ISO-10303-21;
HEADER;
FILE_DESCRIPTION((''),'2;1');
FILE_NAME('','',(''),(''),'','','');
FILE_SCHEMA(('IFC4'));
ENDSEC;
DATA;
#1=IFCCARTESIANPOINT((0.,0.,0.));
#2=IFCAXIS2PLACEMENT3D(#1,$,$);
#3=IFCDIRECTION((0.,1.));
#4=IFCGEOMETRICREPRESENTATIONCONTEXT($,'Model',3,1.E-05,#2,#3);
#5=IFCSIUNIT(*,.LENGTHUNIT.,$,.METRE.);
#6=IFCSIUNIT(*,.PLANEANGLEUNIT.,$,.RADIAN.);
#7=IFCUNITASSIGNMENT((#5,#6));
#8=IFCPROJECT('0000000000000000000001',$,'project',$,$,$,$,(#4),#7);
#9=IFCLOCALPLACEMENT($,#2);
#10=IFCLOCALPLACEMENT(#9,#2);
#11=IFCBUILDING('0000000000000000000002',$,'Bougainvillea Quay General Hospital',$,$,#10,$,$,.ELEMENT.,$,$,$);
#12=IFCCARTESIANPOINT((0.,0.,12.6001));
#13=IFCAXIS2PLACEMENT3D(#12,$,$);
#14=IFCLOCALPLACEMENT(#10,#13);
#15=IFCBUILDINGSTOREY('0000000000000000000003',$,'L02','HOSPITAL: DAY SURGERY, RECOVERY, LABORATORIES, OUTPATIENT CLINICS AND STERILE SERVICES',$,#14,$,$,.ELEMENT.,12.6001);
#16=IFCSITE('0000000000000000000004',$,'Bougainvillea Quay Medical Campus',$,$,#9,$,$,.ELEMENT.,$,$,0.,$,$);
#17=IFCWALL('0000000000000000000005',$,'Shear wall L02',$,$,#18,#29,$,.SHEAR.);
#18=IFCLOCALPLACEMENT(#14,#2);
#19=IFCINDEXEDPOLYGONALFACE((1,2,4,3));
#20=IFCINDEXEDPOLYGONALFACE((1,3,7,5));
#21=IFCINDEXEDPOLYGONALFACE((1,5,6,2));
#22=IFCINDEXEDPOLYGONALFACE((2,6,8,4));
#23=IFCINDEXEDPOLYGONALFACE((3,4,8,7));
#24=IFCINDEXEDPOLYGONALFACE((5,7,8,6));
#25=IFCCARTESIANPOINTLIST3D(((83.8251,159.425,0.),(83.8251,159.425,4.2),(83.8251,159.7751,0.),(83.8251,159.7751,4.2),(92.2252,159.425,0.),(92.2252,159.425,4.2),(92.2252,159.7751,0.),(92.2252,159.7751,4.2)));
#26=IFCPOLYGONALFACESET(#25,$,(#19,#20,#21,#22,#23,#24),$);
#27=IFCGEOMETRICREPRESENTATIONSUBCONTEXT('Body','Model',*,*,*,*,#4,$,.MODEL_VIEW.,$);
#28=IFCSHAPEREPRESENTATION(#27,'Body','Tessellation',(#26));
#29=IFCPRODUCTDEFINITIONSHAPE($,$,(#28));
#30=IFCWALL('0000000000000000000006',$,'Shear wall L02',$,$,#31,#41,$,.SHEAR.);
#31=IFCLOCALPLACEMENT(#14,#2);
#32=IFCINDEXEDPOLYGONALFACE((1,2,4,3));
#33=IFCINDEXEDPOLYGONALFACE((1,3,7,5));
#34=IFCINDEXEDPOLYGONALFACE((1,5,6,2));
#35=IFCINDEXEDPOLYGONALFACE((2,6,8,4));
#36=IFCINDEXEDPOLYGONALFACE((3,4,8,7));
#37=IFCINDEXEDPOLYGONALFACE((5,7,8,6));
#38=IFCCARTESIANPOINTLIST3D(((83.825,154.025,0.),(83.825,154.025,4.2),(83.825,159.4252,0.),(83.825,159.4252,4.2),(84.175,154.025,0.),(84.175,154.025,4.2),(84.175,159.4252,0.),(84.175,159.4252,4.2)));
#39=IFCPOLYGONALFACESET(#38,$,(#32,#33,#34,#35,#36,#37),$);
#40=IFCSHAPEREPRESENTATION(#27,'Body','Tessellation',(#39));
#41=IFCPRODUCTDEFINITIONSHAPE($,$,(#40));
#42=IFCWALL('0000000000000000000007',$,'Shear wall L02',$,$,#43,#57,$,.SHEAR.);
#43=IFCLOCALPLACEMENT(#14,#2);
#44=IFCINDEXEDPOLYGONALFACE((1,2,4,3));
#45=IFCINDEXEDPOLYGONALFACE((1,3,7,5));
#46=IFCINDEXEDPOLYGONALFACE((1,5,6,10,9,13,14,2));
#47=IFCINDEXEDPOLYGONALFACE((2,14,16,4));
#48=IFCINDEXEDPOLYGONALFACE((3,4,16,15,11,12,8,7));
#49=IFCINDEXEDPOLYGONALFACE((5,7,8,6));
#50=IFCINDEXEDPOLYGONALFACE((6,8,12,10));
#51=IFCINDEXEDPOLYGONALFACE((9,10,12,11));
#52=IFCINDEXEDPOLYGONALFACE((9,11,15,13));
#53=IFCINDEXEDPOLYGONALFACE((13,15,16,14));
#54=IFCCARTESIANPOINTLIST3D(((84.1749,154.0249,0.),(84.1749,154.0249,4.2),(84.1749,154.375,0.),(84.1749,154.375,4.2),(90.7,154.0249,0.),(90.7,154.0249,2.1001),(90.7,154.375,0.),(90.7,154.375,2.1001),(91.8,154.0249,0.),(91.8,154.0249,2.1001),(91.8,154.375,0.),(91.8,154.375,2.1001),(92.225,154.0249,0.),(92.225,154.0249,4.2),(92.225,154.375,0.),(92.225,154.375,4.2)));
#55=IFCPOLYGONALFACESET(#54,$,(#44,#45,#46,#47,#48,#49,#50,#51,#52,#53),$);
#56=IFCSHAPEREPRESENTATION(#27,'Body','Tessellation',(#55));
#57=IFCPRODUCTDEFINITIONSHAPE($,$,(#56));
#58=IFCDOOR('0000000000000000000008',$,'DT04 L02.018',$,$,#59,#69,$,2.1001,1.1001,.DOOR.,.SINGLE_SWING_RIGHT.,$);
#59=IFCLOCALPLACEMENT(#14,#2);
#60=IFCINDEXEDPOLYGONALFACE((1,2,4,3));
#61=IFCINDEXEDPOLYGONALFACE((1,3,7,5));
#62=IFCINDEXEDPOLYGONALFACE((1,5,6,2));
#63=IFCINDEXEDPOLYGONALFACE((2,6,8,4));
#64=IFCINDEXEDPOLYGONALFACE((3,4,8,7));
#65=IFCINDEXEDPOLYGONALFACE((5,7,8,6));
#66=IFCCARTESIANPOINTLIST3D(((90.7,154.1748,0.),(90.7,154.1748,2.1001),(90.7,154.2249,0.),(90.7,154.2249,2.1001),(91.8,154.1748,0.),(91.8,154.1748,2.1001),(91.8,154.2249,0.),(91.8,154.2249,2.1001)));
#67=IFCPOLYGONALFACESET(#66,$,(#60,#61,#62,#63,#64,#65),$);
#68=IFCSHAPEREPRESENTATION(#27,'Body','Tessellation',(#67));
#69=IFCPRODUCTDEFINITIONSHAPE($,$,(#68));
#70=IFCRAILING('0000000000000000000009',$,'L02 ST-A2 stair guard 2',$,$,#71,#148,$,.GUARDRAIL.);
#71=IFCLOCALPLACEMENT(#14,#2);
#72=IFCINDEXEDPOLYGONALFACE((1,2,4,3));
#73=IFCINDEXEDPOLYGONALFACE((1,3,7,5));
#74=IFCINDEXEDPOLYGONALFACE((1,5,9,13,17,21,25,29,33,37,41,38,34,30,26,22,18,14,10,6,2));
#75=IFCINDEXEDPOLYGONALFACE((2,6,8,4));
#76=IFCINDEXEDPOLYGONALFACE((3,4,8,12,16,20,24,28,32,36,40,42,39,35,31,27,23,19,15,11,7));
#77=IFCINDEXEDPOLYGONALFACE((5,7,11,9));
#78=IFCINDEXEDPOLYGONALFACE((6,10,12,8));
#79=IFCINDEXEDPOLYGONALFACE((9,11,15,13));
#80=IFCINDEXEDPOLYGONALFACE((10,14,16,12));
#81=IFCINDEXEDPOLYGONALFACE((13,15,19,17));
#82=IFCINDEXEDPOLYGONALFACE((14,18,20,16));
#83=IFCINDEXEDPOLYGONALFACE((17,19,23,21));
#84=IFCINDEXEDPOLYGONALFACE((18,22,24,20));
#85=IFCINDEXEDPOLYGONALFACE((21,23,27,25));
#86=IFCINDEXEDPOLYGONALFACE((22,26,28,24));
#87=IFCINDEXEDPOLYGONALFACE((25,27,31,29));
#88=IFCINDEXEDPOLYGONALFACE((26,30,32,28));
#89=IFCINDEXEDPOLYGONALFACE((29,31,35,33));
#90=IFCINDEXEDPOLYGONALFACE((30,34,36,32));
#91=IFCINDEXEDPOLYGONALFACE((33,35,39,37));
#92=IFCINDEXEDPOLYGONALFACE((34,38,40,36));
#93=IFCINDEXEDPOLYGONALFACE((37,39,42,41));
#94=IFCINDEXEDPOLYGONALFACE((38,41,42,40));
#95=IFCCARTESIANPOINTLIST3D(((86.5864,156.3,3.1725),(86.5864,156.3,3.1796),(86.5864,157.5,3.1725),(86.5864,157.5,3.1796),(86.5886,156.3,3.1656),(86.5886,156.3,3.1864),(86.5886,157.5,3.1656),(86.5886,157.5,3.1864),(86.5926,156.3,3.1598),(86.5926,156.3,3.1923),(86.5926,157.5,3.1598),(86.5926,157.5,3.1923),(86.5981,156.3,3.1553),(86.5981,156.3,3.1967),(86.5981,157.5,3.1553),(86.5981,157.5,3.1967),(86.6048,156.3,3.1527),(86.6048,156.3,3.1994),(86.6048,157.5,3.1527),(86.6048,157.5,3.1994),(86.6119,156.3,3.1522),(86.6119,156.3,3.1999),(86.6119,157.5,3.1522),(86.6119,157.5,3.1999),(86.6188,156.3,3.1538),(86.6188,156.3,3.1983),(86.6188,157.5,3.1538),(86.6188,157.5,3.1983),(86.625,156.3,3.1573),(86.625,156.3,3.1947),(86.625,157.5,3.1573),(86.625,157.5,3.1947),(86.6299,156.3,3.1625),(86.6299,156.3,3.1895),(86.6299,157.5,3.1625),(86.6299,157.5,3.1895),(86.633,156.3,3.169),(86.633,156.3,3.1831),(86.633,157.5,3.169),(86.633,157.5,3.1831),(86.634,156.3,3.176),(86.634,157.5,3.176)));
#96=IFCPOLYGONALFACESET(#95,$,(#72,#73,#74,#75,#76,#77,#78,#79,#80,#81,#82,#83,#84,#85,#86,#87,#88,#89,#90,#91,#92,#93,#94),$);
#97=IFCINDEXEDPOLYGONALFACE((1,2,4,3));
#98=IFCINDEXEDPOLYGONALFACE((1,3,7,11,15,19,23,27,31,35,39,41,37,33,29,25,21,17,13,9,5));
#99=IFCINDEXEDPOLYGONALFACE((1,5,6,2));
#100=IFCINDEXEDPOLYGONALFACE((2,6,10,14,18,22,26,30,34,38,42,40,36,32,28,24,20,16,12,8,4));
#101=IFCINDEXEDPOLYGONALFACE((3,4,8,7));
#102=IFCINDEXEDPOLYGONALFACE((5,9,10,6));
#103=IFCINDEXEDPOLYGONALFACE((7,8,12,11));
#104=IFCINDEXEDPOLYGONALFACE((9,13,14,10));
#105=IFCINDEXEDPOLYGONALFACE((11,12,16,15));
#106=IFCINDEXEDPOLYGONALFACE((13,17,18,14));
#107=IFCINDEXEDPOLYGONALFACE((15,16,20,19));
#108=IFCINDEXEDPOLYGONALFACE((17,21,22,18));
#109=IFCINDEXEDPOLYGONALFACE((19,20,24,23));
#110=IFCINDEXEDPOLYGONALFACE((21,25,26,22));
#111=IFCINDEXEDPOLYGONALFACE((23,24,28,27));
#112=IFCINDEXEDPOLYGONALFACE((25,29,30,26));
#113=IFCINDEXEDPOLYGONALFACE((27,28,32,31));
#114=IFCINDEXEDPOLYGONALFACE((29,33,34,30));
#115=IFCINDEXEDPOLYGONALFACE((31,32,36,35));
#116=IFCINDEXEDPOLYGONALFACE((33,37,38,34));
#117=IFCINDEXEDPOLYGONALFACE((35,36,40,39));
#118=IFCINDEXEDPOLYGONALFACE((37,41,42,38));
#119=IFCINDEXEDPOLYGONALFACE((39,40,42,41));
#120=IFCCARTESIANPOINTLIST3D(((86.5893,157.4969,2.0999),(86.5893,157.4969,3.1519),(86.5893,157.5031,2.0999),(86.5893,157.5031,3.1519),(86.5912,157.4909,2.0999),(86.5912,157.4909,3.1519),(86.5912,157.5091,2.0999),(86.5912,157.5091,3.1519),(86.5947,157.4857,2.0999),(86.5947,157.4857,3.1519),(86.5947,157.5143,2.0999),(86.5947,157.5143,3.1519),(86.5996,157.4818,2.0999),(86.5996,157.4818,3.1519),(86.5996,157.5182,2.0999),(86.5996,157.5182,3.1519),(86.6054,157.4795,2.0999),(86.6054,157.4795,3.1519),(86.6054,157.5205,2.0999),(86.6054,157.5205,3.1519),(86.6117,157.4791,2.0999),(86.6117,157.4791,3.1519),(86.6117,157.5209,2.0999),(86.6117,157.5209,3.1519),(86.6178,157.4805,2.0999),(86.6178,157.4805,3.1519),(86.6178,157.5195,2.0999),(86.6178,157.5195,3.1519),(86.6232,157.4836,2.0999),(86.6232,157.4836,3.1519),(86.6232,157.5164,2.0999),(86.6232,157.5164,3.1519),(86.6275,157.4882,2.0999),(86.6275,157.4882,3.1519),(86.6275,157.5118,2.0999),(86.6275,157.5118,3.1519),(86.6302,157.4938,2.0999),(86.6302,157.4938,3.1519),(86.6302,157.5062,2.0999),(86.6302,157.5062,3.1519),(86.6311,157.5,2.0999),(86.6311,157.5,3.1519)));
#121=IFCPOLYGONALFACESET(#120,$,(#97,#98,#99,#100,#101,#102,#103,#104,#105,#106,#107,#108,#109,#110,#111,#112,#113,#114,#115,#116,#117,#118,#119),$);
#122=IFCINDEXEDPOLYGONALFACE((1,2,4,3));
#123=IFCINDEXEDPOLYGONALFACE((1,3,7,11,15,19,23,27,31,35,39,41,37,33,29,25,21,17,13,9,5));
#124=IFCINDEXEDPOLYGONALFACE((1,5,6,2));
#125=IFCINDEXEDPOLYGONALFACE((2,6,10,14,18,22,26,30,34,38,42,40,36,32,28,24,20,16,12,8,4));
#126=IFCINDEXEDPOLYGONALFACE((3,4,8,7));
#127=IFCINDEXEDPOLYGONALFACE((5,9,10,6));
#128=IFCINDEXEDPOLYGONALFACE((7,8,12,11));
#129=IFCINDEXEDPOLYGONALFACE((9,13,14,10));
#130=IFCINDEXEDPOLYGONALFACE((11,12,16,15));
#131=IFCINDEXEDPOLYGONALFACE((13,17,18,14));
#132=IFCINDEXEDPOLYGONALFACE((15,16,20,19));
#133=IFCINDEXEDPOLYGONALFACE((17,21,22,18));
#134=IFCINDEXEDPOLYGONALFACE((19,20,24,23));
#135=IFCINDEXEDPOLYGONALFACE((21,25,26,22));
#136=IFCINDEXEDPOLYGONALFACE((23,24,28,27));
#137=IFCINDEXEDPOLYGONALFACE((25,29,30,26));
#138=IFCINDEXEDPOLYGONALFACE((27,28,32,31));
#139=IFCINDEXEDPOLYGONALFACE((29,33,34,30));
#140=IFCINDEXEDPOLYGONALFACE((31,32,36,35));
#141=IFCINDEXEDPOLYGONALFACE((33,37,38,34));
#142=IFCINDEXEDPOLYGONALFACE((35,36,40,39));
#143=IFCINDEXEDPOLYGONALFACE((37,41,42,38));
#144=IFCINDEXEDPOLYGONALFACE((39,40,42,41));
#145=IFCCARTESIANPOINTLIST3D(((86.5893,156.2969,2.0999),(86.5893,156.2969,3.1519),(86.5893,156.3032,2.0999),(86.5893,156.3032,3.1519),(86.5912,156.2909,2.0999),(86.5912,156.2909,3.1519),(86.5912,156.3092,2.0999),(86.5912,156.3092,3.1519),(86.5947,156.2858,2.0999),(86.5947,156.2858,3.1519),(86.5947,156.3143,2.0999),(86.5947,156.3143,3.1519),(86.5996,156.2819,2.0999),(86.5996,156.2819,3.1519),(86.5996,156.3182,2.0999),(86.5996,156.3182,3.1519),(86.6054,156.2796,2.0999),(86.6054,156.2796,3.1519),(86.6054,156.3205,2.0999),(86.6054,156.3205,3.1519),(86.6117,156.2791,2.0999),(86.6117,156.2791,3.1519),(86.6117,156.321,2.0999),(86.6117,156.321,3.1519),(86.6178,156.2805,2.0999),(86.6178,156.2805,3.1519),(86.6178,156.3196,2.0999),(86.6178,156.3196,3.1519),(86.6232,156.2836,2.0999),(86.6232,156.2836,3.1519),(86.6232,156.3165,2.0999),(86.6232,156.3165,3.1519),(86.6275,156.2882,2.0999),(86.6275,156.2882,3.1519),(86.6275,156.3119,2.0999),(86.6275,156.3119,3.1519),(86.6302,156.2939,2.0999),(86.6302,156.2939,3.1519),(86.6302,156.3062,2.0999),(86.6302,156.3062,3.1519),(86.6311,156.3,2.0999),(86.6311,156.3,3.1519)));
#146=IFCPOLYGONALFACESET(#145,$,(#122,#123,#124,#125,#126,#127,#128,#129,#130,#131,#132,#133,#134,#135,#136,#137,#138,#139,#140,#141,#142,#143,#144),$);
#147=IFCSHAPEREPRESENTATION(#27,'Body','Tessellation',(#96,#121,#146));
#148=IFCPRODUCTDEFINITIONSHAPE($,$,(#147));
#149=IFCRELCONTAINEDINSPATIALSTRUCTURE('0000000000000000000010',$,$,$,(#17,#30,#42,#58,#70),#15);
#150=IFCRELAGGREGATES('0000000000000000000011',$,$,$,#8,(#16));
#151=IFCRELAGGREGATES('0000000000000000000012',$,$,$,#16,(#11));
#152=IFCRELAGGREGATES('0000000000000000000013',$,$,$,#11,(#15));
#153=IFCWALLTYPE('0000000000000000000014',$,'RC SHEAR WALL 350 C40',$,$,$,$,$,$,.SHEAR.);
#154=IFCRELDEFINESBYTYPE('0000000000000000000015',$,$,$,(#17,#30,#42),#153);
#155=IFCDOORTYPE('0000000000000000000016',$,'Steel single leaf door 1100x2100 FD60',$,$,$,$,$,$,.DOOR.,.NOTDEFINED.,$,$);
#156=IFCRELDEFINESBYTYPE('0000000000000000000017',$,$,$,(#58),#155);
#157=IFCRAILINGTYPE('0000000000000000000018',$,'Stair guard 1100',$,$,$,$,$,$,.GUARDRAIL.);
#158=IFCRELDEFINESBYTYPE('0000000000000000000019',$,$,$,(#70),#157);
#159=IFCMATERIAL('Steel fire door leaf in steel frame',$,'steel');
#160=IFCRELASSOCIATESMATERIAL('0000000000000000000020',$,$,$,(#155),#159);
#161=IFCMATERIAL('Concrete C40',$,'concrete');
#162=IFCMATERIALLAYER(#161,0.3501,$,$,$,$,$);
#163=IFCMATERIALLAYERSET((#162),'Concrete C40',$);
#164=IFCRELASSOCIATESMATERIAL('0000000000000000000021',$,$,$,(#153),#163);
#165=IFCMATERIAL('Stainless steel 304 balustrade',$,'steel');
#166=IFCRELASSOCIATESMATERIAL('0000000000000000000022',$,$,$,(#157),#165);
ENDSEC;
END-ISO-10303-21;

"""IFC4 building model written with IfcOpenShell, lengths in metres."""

from ifc_helpers import new_model, si_unit, direction, frame, frame_2d, origin, origin_2d, place, context, subcontext, project, spatial, rectangle, circle, extrude, material, layer, layer_set, type_object, element, fill, save


model = new_model("IFC4")

# Units and contexts
model_context = context("Model", 3, precision=1e-05, world=origin(), true_north=direction((0.0, 1.0)))
body_context = subcontext(model_context, "Body", "Model", "MODEL_VIEW")
ifc_project = project(units=[si_unit("LENGTHUNIT", "METRE"), si_unit("PLANEANGLEUNIT", "RADIAN")], contexts=[model_context])

# Site, building, storey
site_placement = place(None, origin())
site = spatial("IfcSite", under=ifc_project, at=site_placement, Name="Bougainvillea Quay Medical Campus", CompositionType="ELEMENT", RefElevation=0.0)
building_placement = place(site_placement, origin())
building = spatial("IfcBuilding", under=site, at=building_placement, Name="Bougainvillea Quay General Hospital", CompositionType="ELEMENT")
storey_placement = place(building_placement, frame((0.0, 0.0, 12.6001)))
storey = spatial("IfcBuildingStorey", under=building, at=storey_placement, Name="L02", Description="HOSPITAL: DAY SURGERY, RECOVERY, LABORATORIES, OUTPATIENT CLINICS AND STERILE SERVICES", CompositionType="ELEMENT", Elevation=12.6001)

# Shared definitions
ifc_material_1 = material(Name="Concrete C40", Category="concrete")

# Shared definitions
ifc_material_2 = material(Name="Steel fire door leaf in steel frame", Category="steel")
door_type = type_object("IfcDoorType", Name="Steel single leaf door 1100x2100 FD60", OperationType="NOTDEFINED", PredefinedType="DOOR", material=ifc_material_2)

# Walls
ifc_layer_1 = layer(ifc_material_1, 0.3501)
ifc_layer_set_1 = layer_set([ifc_layer_1], Name="Concrete C40")
wall_type_1 = type_object("IfcWallType", Name="RC SHEAR WALL 350 C40", PredefinedType="SHEAR", material=ifc_layer_set_1)
wall_1_placement = place(storey_placement, frame((83.825, 159.6001, 0.0), z_axis=(0.0, 0.0, 1.0), x_axis=(1.0, 0.0, 0.0)))
element("IfcWall", 1, at=wall_1_placement, inside=storey, type_object=wall_type_1, Name="Shear wall L02", PredefinedType="SHEAR", context=body_context, shape_type="SweptSolid", body=[
    extrude(rectangle(XDim=8.4001, YDim=0.3501, at=frame_2d((4.2002, 0.0))), origin(), (0.0, 0.0, 1.0), 4.2),
])
wall_2_placement = place(storey_placement, frame((84.0, 154.0249, 0.0), z_axis=(0.0, 0.0, 1.0), x_axis=(0.0, 1.0, 0.0)))
element("IfcWall", 2, at=wall_2_placement, inside=storey, type_object=wall_type_1, Name="Shear wall L02", PredefinedType="SHEAR", context=body_context, shape_type="SweptSolid", body=[
    extrude(rectangle(XDim=5.4001, YDim=0.3501, at=frame_2d((2.7002, 0.0))), origin(), (0.0, 0.0, 1.0), 4.2),
])

# Wall, opening, door
wall_3_placement = place(storey_placement, frame((84.175, 154.2, 0.0), z_axis=(0.0, 0.0, 1.0), x_axis=(1.0, 0.0, 0.0)))
wall_3 = element("IfcWall", 3, at=wall_3_placement, inside=storey, type_object=wall_type_1, Name="Shear wall L02", PredefinedType="SHEAR", context=body_context, shape_type="SweptSolid", body=[
    extrude(rectangle(XDim=8.05, YDim=0.3501, at=frame_2d((4.0249, 0.0))), origin(), (0.0, 0.0, 1.0), 4.2),
])
opening_1_placement = place(wall_3_placement, frame((6.5249, 0.0, 0.0)))
opening_1 = element("IfcOpeningElement", 4, at=opening_1_placement, cuts=wall_3, PredefinedType="OPENING", context=body_context, shape_type="SweptSolid", body=[
    extrude(rectangle(XDim=1.1001, YDim=2.1001, at=frame_2d((0.55, 1.05))), frame((0.0, 0.1851, 0.0), z_axis=(0.0, -1.0, 0.0), x_axis=(1.0, 0.0, 0.0)), (0.0, 0.0, 1.0), 0.3701),
])
door_1_placement = place(opening_1_placement, origin())
door_1 = element("IfcDoor", 5, at=door_1_placement, inside=storey, type_object=door_type, Name="DT04 L02.018", OperationType="SINGLE_SWING_RIGHT", OverallHeight=2.1001, OverallWidth=1.1001, PredefinedType="DOOR", context=body_context, shape_type="SweptSolid", body=[
    extrude(rectangle(XDim=1.1001, YDim=2.1001, at=frame_2d((0.55, 1.05))), frame((0.0, 0.0249, 0.0), z_axis=(0.0, -1.0, 0.0), x_axis=(1.0, 0.0, 0.0)), (0.0, 0.0, 1.0), 0.05),
])
fill(opening_1, door_1)

# Railing
ifc_material_3 = material(Name="Stainless steel 304 balustrade", Category="steel")
railing_type_1 = type_object("IfcRailingType", Name="Stair guard 1100", PredefinedType="GUARDRAIL", material=ifc_material_3)
railing_1_placement = place(storey_placement, frame((86.6101, 157.5, 2.0999)))
element("IfcRailing", 6, at=railing_1_placement, inside=storey, type_object=railing_type_1, Name="L02 ST-A2 stair guard 2", PredefinedType="GUARDRAIL", context=body_context, shape_type="SweptSolid", body=[
    extrude(circle(Radius=0.0239, at=origin_2d()), frame((0.0, 0.0, 1.0762), z_axis=(0.0, -1.0, 0.0), x_axis=(1.0, 0.0, 0.0)), (0.0, 0.0, 1.0), 1.2),
    extrude(circle(Radius=0.021, at=origin_2d()), origin(), (0.0, 0.0, 1.0), 1.052),
    extrude(circle(Radius=0.021, at=origin_2d()), frame((0.0, -1.2, 0.0)), (0.0, 0.0, 1.0), 1.052),
])

save(model, "model.ifc")
